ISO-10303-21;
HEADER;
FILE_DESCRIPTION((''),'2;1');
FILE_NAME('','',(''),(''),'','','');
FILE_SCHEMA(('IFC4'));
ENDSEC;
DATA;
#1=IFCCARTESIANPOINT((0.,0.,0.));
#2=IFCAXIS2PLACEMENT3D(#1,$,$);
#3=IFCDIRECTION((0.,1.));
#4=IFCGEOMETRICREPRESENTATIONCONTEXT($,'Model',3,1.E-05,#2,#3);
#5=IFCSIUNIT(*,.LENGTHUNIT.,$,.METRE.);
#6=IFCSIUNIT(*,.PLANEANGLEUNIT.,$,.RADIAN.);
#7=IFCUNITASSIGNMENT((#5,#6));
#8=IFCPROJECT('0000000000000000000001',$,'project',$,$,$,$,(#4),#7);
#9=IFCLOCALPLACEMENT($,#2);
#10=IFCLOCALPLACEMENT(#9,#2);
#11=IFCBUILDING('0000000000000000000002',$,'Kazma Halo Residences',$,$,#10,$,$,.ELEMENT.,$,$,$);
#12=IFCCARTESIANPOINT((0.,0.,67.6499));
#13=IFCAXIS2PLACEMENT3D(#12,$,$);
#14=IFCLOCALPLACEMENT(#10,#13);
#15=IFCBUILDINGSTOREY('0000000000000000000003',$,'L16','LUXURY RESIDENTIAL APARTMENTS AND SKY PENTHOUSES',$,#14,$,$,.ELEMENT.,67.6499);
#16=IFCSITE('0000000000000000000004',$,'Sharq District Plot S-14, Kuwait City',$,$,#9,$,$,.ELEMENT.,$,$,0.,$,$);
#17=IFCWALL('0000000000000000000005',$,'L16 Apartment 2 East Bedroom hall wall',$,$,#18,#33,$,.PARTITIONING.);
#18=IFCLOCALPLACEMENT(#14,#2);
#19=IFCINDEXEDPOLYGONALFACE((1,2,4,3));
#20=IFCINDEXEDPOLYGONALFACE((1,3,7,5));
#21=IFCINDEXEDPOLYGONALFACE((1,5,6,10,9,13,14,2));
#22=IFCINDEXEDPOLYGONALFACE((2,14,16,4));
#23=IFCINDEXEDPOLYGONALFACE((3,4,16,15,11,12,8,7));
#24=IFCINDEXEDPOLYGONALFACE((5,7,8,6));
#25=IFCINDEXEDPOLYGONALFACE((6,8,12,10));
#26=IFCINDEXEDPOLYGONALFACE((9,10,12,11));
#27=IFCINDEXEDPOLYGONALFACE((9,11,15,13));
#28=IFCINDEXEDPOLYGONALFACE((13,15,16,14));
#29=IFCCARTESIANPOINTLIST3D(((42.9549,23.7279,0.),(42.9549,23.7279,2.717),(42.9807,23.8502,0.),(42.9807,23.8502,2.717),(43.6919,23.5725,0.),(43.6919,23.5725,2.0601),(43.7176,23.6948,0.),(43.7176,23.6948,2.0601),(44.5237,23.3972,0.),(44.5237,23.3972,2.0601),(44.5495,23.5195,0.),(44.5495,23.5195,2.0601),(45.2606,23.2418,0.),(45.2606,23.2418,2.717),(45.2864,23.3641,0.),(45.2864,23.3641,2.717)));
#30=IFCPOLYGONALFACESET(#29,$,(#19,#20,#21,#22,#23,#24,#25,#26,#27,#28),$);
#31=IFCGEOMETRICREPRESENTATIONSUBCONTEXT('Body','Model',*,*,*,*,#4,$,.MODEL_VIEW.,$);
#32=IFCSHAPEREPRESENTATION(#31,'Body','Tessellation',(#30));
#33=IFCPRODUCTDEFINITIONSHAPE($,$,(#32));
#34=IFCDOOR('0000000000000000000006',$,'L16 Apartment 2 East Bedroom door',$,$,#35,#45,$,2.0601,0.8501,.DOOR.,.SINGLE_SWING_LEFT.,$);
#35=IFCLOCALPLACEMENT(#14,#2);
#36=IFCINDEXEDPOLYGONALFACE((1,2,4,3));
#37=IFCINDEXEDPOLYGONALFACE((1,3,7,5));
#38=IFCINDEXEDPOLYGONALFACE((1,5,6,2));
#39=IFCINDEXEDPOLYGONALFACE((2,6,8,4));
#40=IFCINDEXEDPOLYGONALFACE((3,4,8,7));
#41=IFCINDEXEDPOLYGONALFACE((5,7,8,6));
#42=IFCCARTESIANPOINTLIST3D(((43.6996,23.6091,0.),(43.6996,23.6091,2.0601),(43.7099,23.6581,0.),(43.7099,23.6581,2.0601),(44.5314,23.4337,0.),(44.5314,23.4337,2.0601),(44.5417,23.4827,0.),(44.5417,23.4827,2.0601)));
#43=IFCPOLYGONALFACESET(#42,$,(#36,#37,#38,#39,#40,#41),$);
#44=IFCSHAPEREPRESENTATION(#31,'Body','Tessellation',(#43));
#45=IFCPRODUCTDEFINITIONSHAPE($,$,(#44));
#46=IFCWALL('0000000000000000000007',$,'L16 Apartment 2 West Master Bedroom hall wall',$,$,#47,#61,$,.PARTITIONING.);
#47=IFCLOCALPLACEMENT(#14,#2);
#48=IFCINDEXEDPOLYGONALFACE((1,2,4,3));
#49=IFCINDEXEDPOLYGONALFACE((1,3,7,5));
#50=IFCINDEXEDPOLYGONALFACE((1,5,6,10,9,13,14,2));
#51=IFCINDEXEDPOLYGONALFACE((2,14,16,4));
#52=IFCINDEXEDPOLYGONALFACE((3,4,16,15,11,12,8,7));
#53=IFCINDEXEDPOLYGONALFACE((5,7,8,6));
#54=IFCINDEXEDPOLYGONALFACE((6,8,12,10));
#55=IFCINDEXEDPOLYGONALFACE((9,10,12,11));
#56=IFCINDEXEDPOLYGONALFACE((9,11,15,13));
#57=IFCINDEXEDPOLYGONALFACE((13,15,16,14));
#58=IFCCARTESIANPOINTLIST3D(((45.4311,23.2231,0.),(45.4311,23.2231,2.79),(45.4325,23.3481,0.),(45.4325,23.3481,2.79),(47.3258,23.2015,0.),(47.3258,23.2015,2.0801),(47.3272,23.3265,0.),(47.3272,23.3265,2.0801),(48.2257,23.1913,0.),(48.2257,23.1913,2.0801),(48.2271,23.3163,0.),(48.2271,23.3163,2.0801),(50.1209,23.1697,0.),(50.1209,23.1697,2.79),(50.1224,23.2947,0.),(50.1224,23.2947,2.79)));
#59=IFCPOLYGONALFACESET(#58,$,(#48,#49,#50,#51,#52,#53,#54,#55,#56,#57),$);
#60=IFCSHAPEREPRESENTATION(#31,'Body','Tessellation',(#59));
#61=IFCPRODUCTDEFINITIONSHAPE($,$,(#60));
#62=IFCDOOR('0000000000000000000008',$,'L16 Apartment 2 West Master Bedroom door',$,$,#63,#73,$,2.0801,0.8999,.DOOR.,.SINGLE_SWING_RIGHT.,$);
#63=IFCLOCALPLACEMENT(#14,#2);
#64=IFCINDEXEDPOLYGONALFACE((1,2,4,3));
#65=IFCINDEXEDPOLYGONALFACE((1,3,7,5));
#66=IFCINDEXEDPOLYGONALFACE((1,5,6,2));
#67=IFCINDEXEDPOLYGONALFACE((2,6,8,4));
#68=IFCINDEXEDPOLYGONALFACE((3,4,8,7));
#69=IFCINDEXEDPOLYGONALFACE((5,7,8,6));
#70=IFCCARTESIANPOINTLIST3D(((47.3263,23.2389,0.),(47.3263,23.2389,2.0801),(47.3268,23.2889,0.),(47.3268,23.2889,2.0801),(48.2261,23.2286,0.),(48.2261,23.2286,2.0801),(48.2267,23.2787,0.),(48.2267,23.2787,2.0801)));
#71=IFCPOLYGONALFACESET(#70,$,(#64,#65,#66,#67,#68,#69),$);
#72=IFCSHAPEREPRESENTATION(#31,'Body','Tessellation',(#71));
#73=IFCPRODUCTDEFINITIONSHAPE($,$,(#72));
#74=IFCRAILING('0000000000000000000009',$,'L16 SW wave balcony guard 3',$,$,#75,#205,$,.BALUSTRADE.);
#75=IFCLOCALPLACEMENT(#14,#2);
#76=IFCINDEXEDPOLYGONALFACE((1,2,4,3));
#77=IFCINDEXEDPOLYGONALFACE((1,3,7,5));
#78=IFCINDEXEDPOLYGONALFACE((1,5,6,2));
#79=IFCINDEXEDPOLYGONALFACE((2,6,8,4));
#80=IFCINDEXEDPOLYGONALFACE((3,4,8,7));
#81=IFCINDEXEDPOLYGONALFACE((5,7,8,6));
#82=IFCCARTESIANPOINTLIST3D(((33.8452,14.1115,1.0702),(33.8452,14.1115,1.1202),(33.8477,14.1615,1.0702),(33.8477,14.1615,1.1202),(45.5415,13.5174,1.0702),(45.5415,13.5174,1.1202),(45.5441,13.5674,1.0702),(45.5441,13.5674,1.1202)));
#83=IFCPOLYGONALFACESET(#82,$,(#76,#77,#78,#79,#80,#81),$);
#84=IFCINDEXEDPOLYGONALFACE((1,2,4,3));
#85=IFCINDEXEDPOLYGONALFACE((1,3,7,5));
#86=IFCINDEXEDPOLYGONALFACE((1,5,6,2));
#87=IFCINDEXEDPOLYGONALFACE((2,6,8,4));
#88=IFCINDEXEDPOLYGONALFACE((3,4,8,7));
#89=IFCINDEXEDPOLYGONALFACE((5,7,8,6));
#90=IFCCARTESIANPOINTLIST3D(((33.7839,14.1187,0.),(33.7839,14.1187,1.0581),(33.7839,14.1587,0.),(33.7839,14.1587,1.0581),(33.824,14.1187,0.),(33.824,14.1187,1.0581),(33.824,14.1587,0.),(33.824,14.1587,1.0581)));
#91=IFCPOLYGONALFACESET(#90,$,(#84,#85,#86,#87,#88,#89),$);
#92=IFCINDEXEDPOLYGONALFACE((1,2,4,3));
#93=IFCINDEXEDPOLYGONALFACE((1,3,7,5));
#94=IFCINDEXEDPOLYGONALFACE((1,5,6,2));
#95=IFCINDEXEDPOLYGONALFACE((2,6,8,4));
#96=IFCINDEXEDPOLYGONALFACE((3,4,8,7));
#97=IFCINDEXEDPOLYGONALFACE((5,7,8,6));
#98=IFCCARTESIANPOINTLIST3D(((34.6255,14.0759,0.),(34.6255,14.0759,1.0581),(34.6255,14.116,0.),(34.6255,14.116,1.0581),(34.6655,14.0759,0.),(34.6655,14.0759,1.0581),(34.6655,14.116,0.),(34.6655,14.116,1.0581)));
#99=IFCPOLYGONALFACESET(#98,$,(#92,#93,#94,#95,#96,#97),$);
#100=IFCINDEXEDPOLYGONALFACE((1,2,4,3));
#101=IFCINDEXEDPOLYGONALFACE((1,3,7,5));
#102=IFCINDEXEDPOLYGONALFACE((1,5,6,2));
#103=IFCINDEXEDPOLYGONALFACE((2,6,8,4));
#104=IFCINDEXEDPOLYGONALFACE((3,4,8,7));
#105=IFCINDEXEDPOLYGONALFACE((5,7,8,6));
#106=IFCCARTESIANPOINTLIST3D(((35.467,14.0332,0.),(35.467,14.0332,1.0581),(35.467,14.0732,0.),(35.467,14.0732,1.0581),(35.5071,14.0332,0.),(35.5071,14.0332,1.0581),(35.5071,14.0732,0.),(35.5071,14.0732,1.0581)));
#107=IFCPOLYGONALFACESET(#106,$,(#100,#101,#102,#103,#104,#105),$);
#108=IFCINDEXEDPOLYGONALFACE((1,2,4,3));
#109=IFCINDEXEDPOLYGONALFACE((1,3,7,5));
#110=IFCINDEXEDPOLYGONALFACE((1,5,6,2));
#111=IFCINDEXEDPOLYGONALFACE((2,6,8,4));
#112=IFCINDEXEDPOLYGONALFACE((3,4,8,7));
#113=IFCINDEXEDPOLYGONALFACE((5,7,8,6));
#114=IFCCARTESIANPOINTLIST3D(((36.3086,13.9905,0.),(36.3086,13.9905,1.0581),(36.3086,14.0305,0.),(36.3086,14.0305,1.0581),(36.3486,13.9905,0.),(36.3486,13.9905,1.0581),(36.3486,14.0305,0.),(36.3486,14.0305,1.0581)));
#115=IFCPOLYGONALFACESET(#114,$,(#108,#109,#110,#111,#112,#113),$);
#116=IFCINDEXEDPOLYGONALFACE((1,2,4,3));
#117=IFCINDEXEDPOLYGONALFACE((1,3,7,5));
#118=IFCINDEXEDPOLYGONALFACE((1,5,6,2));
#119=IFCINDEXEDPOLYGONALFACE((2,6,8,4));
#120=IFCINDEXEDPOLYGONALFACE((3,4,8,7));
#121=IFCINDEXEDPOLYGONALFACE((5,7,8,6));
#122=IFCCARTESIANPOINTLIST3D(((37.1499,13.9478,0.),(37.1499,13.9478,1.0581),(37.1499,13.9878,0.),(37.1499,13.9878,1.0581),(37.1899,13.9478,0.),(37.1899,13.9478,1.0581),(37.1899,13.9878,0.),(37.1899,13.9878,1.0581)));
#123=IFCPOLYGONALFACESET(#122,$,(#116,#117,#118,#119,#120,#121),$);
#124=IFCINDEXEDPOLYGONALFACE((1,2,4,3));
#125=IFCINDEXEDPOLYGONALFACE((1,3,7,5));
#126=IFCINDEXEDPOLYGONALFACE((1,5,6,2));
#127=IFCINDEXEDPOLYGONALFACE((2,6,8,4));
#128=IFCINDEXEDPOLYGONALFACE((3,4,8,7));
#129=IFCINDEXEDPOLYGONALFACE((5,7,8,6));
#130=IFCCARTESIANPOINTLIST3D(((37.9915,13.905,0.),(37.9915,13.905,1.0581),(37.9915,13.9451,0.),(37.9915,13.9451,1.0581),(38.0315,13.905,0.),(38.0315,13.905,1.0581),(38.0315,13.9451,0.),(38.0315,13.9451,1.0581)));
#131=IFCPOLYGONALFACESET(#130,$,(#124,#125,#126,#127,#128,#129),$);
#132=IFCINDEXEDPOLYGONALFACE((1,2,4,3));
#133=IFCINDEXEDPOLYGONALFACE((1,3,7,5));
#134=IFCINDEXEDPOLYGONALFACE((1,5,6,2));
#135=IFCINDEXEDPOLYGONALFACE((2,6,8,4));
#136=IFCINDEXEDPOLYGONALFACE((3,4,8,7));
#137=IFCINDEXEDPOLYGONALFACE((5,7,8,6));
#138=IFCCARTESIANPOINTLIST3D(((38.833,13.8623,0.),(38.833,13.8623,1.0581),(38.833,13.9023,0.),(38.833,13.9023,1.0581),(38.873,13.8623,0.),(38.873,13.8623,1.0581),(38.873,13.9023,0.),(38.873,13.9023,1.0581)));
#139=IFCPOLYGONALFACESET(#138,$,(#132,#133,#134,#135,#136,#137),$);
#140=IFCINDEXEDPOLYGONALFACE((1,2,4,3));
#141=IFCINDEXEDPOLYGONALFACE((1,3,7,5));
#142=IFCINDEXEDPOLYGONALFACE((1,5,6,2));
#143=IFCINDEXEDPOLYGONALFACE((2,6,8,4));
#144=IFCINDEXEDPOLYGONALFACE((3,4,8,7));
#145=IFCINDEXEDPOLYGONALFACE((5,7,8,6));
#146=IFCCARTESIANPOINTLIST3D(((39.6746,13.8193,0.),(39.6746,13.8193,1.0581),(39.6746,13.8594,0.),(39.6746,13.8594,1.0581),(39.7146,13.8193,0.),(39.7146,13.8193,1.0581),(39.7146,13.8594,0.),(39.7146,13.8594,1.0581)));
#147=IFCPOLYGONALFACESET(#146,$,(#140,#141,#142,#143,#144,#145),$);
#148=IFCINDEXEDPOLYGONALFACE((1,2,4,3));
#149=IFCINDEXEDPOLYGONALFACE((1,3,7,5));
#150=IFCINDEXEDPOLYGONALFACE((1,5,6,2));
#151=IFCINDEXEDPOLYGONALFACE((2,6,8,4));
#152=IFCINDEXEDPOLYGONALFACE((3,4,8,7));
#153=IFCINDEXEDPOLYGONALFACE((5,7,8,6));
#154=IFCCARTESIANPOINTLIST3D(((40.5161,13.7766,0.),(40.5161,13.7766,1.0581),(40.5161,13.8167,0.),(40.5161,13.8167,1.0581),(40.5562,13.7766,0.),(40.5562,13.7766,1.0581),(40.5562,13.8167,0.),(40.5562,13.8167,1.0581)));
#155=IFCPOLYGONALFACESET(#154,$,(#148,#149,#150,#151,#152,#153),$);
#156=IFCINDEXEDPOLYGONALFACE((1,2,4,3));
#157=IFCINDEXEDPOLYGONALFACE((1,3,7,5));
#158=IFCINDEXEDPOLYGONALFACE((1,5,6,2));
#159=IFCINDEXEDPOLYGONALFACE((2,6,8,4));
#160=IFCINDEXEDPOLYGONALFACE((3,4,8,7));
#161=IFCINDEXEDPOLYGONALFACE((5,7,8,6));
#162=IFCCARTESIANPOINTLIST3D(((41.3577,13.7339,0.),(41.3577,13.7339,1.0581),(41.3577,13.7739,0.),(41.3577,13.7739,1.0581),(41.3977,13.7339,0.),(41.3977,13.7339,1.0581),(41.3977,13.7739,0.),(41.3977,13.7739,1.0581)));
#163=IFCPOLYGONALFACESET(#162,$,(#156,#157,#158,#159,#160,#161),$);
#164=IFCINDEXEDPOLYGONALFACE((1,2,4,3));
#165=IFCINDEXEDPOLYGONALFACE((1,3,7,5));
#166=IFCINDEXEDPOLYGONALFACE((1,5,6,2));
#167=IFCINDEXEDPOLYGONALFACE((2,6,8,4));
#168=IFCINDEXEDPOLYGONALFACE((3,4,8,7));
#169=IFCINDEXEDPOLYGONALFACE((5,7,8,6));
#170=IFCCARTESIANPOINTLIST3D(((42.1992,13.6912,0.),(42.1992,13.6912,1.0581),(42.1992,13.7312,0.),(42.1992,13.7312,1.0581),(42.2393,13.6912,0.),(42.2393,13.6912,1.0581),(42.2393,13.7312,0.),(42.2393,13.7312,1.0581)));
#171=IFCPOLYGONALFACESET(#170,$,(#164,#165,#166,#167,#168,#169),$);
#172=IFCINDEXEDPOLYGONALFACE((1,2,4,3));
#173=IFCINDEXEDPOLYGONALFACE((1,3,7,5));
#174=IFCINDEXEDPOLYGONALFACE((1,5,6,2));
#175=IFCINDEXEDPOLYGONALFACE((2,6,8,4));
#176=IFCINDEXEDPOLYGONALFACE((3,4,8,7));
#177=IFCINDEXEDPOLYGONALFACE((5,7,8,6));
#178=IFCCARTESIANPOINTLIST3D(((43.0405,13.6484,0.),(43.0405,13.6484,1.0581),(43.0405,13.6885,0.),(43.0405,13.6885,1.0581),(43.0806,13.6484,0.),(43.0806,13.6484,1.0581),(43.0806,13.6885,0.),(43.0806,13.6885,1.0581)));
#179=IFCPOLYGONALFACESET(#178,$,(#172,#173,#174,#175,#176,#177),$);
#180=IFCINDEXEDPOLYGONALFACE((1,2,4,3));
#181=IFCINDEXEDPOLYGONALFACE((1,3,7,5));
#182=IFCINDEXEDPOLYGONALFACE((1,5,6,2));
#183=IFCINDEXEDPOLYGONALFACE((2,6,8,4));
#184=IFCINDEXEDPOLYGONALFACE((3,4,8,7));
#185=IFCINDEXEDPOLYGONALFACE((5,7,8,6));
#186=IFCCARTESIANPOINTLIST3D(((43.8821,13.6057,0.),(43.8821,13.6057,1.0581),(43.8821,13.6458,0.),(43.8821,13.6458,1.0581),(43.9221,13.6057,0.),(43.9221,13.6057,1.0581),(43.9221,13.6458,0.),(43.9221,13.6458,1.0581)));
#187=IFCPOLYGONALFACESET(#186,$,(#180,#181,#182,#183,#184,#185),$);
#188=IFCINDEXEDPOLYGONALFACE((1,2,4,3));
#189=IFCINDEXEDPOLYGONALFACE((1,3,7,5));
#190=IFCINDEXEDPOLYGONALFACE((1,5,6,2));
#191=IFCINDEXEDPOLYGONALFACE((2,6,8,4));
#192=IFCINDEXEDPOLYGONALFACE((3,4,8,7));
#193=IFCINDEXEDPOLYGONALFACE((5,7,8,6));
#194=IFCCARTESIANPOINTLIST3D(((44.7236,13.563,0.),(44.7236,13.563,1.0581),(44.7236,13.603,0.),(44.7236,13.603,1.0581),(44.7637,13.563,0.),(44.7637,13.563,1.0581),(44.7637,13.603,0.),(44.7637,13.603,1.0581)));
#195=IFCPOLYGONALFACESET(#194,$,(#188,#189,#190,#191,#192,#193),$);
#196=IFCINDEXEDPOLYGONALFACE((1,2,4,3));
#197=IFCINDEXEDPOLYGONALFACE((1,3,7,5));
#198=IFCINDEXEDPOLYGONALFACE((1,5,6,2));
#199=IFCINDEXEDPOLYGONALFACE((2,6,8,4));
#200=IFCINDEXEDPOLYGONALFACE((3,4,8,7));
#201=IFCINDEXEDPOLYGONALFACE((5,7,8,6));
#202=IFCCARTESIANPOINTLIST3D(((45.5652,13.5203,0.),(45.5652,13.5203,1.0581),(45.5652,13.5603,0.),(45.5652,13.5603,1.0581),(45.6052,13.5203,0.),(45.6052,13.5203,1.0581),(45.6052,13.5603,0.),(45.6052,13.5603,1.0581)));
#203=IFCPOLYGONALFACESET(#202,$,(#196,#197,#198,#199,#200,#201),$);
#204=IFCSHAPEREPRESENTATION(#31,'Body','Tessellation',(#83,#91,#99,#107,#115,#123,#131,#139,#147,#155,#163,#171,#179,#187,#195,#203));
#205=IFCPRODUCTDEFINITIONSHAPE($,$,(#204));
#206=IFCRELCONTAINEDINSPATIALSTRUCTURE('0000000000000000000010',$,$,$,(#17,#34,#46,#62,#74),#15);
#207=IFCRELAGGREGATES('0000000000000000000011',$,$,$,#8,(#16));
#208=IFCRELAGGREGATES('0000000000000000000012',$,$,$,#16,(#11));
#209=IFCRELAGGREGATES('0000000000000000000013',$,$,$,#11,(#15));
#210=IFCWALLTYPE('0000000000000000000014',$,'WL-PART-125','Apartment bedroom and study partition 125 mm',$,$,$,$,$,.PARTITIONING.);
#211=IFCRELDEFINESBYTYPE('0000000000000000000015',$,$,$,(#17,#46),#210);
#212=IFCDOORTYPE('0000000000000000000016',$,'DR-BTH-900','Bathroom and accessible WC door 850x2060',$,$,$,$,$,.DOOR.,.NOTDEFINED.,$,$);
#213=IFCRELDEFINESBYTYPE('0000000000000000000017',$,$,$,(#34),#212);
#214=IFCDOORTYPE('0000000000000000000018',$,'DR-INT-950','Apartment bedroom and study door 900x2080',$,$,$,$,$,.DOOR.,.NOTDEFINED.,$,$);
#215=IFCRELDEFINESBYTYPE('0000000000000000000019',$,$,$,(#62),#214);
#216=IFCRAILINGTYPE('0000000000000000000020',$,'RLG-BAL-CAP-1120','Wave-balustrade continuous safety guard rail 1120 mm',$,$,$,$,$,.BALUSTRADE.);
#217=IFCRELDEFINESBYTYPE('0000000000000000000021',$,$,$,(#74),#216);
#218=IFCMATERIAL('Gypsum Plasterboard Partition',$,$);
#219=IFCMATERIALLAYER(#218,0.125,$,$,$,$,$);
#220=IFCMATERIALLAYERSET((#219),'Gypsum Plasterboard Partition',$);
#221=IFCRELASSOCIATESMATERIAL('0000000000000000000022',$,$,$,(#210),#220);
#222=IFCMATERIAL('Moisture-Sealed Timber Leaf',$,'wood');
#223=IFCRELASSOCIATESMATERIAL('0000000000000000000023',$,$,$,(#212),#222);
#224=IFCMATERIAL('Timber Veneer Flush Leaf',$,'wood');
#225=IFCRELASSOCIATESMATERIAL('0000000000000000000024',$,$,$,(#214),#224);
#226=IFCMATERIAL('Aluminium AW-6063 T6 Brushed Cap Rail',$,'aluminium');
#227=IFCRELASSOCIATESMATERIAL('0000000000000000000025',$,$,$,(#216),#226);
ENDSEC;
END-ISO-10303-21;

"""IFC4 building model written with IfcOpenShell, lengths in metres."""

from ifc_helpers import new_model, si_unit, direction, frame, frame_2d, origin, origin_2d, place, context, subcontext, project, spatial, rectangle, extrude, material, layer, layer_set, type_object, element, fill, save


model = new_model("IFC4")

# Units and contexts
model_context = context("Model", 3, precision=1e-05, world=origin(), true_north=direction((0.0, 1.0)))
body_context = subcontext(model_context, "Body", "Model", "MODEL_VIEW")
ifc_project = project(units=[si_unit("LENGTHUNIT", "METRE"), si_unit("PLANEANGLEUNIT", "RADIAN")], contexts=[model_context])

# Site, building, storey
site_placement = place(None, origin())
site = spatial("IfcSite", under=ifc_project, at=site_placement, Name="Sharq District Plot S-14, Kuwait City", CompositionType="ELEMENT", RefElevation=0.0)
building_placement = place(site_placement, origin())
building = spatial("IfcBuilding", under=site, at=building_placement, Name="Kazma Halo Residences", CompositionType="ELEMENT")
storey_placement = place(building_placement, frame((0.0, 0.0, 67.6499)))
storey = spatial("IfcBuildingStorey", under=building, at=storey_placement, Name="L16", Description="LUXURY RESIDENTIAL APARTMENTS AND SKY PENTHOUSES", CompositionType="ELEMENT", Elevation=67.6499)

# Shared definitions
ifc_material_1 = material(Name="Gypsum Plasterboard Partition")
ifc_layer_1 = layer(ifc_material_1, 0.125)
ifc_layer_set_1 = layer_set([ifc_layer_1], Name="Gypsum Plasterboard Partition")
wall_type_1 = type_object("IfcWallType", Name="WL-PART-125", Description="Apartment bedroom and study partition 125 mm", PredefinedType="PARTITIONING", material=ifc_layer_set_1)

# Shared definitions
ifc_material_2 = material(Name="Moisture-Sealed Timber Leaf", Category="wood")
door_type_1 = type_object("IfcDoorType", Name="DR-BTH-900", Description="Bathroom and accessible WC door 850x2060", OperationType="NOTDEFINED", PredefinedType="DOOR", material=ifc_material_2)

# Walls, openings, doors
wall_1_placement = place(storey_placement, frame((42.9678, 23.7891, 0.0), z_axis=(0.0, 0.0, 1.0), x_axis=(0.978491, -0.206287, 0.0)))
wall_1 = element("IfcWall", 1, at=wall_1_placement, inside=storey, type_object=wall_type_1, Name="L16 Apartment 2 East Bedroom hall wall", PredefinedType="PARTITIONING", context=body_context, shape_type="SweptSolid", body=[
    extrude(rectangle(XDim=2.3564, YDim=0.125, at=frame_2d((1.1782, 0.0))), origin(), (0.0, 0.0, 1.0), 2.717),
])
opening_1_placement = place(wall_1_placement, frame((0.7532, 0.0, 0.0)))
opening_1 = element("IfcOpeningElement", 2, at=opening_1_placement, cuts=wall_1, PredefinedType="OPENING", context=body_context, shape_type="SweptSolid", body=[
    extrude(rectangle(XDim=0.8501, YDim=2.0601, at=frame_2d((0.425, 1.03))), frame((0.0, 0.0725, 0.0), z_axis=(0.0, -1.0, 0.0), x_axis=(1.0, 0.0, 0.0)), (0.0, 0.0, 1.0), 0.145),
])
door_1_placement = place(opening_1_placement, origin())
door_1 = element("IfcDoor", 3, at=door_1_placement, inside=storey, type_object=door_type_1, Name="L16 Apartment 2 East Bedroom door", OperationType="SINGLE_SWING_LEFT", OverallHeight=2.0601, OverallWidth=0.8501, PredefinedType="DOOR", context=body_context, shape_type="SweptSolid", body=[
    extrude(rectangle(XDim=0.8501, YDim=2.0601, at=frame_2d((0.425, 1.03))), frame((0.0, 0.0249, 0.0), z_axis=(0.0, -1.0, 0.0), x_axis=(1.0, 0.0, 0.0)), (0.0, 0.0, 1.0), 0.05),
])
fill(opening_1, door_1)
wall_2_placement = place(storey_placement, frame((45.4316, 23.2856, 0.0), z_axis=(0.0, 0.0, 1.0), x_axis=(0.999935, -0.0114, 0.0)))
wall_2 = element("IfcWall", 4, at=wall_2_placement, inside=storey, type_object=wall_type_1, Name="L16 Apartment 2 West Master Bedroom hall wall", PredefinedType="PARTITIONING", context=body_context, shape_type="SweptSolid", body=[
    extrude(rectangle(XDim=4.6902, YDim=0.125, at=frame_2d((2.3452, 0.0))), origin(), (0.0, 0.0, 1.0), 2.79),
])
opening_2_placement = place(wall_2_placement, frame((1.895, 0.0, 0.0)))
opening_2 = element("IfcOpeningElement", 5, at=opening_2_placement, cuts=wall_2, PredefinedType="OPENING", context=body_context, shape_type="SweptSolid", body=[
    extrude(rectangle(XDim=0.8999, YDim=2.0801, at=frame_2d((0.45, 1.04))), frame((0.0, 0.0725, 0.0), z_axis=(0.0, -1.0, 0.0), x_axis=(1.0, 0.0, 0.0)), (0.0, 0.0, 1.0), 0.145),
])
ifc_material_3 = material(Name="Timber Veneer Flush Leaf", Category="wood")
door_type_2 = type_object("IfcDoorType", Name="DR-INT-950", Description="Apartment bedroom and study door 900x2080", OperationType="NOTDEFINED", PredefinedType="DOOR", material=ifc_material_3)
door_2_placement = place(opening_2_placement, origin())
door_2 = element("IfcDoor", 6, at=door_2_placement, inside=storey, type_object=door_type_2, Name="L16 Apartment 2 West Master Bedroom door", OperationType="SINGLE_SWING_RIGHT", OverallHeight=2.0801, OverallWidth=0.8999, PredefinedType="DOOR", context=body_context, shape_type="SweptSolid", body=[
    extrude(rectangle(XDim=0.8999, YDim=2.0801, at=frame_2d((0.45, 1.04))), frame((0.0, 0.0249, 0.0), z_axis=(0.0, -1.0, 0.0), x_axis=(1.0, 0.0, 0.0)), (0.0, 0.0, 1.0), 0.05),
])
fill(opening_2, door_2)

# Railing
ifc_material_4 = material(Name="Aluminium AW-6063 T6 Brushed Cap Rail", Category="aluminium")
railing_type = type_object("IfcRailingType", Name="RLG-BAL-CAP-1120", Description="Wave-balustrade continuous safety guard rail 1120 mm", PredefinedType="BALUSTRADE", material=ifc_material_4)
railing_1_placement = place(storey_placement, frame((33.804, 14.1387, 0.0)))
element("IfcRailing", 7, at=railing_1_placement, inside=storey, type_object=railing_type, Name="L16 SW wave balcony guard 3", PredefinedType="BALUSTRADE", context=body_context, shape_type="SweptSolid", body=[
    extrude(rectangle(XDim=0.05, YDim=0.05, at=origin_2d()), frame((0.0425, -0.0022, 1.0952), z_axis=(0.998713, -0.050726, 0.0), x_axis=(0.050726, 0.998713, 0.0)), (0.0, 0.0, 1.0), 11.7114),
    extrude(rectangle(XDim=0.04, YDim=0.04, at=origin_2d()), origin(), (0.0, 0.0, 1.0), 1.0581),
    extrude(rectangle(XDim=0.04, YDim=0.04, at=origin_2d()), frame((0.8416, -0.0427, 0.0)), (0.0, 0.0, 1.0), 1.0581),
    extrude(rectangle(XDim=0.04, YDim=0.04, at=origin_2d()), frame((1.6831, -0.0854, 0.0)), (0.0, 0.0, 1.0), 1.0581),
    extrude(rectangle(XDim=0.04, YDim=0.04, at=origin_2d()), frame((2.5247, -0.1282, 0.0)), (0.0, 0.0, 1.0), 1.0581),
    extrude(rectangle(XDim=0.04, YDim=0.04, at=origin_2d()), frame((3.366, -0.1709, 0.0)), (0.0, 0.0, 1.0), 1.0581),
    extrude(rectangle(XDim=0.04, YDim=0.04, at=origin_2d()), frame((4.2075, -0.2136, 0.0)), (0.0, 0.0, 1.0), 1.0581),
    extrude(rectangle(XDim=0.04, YDim=0.04, at=origin_2d()), frame((5.0491, -0.2563, 0.0)), (0.0, 0.0, 1.0), 1.0581),
    extrude(rectangle(XDim=0.04, YDim=0.04, at=origin_2d()), frame((5.8906, -0.2993, 0.0)), (0.0, 0.0, 1.0), 1.0581),
    extrude(rectangle(XDim=0.04, YDim=0.04, at=origin_2d()), frame((6.7322, -0.342, 0.0)), (0.0, 0.0, 1.0), 1.0581),
    extrude(rectangle(XDim=0.04, YDim=0.04, at=origin_2d()), frame((7.5737, -0.3848, 0.0)), (0.0, 0.0, 1.0), 1.0581),
    extrude(rectangle(XDim=0.04, YDim=0.04, at=origin_2d()), frame((8.4153, -0.4275, 0.0)), (0.0, 0.0, 1.0), 1.0581),
    extrude(rectangle(XDim=0.04, YDim=0.04, at=origin_2d()), frame((9.2566, -0.4702, 0.0)), (0.0, 0.0, 1.0), 1.0581),
    extrude(rectangle(XDim=0.04, YDim=0.04, at=origin_2d()), frame((10.0981, -0.5129, 0.0)), (0.0, 0.0, 1.0), 1.0581),
    extrude(rectangle(XDim=0.04, YDim=0.04, at=origin_2d()), frame((10.9397, -0.5557, 0.0)), (0.0, 0.0, 1.0), 1.0581),
    extrude(rectangle(XDim=0.04, YDim=0.04, at=origin_2d()), frame((11.7812, -0.5984, 0.0)), (0.0, 0.0, 1.0), 1.0581),
])

save(model, "model.ifc")
